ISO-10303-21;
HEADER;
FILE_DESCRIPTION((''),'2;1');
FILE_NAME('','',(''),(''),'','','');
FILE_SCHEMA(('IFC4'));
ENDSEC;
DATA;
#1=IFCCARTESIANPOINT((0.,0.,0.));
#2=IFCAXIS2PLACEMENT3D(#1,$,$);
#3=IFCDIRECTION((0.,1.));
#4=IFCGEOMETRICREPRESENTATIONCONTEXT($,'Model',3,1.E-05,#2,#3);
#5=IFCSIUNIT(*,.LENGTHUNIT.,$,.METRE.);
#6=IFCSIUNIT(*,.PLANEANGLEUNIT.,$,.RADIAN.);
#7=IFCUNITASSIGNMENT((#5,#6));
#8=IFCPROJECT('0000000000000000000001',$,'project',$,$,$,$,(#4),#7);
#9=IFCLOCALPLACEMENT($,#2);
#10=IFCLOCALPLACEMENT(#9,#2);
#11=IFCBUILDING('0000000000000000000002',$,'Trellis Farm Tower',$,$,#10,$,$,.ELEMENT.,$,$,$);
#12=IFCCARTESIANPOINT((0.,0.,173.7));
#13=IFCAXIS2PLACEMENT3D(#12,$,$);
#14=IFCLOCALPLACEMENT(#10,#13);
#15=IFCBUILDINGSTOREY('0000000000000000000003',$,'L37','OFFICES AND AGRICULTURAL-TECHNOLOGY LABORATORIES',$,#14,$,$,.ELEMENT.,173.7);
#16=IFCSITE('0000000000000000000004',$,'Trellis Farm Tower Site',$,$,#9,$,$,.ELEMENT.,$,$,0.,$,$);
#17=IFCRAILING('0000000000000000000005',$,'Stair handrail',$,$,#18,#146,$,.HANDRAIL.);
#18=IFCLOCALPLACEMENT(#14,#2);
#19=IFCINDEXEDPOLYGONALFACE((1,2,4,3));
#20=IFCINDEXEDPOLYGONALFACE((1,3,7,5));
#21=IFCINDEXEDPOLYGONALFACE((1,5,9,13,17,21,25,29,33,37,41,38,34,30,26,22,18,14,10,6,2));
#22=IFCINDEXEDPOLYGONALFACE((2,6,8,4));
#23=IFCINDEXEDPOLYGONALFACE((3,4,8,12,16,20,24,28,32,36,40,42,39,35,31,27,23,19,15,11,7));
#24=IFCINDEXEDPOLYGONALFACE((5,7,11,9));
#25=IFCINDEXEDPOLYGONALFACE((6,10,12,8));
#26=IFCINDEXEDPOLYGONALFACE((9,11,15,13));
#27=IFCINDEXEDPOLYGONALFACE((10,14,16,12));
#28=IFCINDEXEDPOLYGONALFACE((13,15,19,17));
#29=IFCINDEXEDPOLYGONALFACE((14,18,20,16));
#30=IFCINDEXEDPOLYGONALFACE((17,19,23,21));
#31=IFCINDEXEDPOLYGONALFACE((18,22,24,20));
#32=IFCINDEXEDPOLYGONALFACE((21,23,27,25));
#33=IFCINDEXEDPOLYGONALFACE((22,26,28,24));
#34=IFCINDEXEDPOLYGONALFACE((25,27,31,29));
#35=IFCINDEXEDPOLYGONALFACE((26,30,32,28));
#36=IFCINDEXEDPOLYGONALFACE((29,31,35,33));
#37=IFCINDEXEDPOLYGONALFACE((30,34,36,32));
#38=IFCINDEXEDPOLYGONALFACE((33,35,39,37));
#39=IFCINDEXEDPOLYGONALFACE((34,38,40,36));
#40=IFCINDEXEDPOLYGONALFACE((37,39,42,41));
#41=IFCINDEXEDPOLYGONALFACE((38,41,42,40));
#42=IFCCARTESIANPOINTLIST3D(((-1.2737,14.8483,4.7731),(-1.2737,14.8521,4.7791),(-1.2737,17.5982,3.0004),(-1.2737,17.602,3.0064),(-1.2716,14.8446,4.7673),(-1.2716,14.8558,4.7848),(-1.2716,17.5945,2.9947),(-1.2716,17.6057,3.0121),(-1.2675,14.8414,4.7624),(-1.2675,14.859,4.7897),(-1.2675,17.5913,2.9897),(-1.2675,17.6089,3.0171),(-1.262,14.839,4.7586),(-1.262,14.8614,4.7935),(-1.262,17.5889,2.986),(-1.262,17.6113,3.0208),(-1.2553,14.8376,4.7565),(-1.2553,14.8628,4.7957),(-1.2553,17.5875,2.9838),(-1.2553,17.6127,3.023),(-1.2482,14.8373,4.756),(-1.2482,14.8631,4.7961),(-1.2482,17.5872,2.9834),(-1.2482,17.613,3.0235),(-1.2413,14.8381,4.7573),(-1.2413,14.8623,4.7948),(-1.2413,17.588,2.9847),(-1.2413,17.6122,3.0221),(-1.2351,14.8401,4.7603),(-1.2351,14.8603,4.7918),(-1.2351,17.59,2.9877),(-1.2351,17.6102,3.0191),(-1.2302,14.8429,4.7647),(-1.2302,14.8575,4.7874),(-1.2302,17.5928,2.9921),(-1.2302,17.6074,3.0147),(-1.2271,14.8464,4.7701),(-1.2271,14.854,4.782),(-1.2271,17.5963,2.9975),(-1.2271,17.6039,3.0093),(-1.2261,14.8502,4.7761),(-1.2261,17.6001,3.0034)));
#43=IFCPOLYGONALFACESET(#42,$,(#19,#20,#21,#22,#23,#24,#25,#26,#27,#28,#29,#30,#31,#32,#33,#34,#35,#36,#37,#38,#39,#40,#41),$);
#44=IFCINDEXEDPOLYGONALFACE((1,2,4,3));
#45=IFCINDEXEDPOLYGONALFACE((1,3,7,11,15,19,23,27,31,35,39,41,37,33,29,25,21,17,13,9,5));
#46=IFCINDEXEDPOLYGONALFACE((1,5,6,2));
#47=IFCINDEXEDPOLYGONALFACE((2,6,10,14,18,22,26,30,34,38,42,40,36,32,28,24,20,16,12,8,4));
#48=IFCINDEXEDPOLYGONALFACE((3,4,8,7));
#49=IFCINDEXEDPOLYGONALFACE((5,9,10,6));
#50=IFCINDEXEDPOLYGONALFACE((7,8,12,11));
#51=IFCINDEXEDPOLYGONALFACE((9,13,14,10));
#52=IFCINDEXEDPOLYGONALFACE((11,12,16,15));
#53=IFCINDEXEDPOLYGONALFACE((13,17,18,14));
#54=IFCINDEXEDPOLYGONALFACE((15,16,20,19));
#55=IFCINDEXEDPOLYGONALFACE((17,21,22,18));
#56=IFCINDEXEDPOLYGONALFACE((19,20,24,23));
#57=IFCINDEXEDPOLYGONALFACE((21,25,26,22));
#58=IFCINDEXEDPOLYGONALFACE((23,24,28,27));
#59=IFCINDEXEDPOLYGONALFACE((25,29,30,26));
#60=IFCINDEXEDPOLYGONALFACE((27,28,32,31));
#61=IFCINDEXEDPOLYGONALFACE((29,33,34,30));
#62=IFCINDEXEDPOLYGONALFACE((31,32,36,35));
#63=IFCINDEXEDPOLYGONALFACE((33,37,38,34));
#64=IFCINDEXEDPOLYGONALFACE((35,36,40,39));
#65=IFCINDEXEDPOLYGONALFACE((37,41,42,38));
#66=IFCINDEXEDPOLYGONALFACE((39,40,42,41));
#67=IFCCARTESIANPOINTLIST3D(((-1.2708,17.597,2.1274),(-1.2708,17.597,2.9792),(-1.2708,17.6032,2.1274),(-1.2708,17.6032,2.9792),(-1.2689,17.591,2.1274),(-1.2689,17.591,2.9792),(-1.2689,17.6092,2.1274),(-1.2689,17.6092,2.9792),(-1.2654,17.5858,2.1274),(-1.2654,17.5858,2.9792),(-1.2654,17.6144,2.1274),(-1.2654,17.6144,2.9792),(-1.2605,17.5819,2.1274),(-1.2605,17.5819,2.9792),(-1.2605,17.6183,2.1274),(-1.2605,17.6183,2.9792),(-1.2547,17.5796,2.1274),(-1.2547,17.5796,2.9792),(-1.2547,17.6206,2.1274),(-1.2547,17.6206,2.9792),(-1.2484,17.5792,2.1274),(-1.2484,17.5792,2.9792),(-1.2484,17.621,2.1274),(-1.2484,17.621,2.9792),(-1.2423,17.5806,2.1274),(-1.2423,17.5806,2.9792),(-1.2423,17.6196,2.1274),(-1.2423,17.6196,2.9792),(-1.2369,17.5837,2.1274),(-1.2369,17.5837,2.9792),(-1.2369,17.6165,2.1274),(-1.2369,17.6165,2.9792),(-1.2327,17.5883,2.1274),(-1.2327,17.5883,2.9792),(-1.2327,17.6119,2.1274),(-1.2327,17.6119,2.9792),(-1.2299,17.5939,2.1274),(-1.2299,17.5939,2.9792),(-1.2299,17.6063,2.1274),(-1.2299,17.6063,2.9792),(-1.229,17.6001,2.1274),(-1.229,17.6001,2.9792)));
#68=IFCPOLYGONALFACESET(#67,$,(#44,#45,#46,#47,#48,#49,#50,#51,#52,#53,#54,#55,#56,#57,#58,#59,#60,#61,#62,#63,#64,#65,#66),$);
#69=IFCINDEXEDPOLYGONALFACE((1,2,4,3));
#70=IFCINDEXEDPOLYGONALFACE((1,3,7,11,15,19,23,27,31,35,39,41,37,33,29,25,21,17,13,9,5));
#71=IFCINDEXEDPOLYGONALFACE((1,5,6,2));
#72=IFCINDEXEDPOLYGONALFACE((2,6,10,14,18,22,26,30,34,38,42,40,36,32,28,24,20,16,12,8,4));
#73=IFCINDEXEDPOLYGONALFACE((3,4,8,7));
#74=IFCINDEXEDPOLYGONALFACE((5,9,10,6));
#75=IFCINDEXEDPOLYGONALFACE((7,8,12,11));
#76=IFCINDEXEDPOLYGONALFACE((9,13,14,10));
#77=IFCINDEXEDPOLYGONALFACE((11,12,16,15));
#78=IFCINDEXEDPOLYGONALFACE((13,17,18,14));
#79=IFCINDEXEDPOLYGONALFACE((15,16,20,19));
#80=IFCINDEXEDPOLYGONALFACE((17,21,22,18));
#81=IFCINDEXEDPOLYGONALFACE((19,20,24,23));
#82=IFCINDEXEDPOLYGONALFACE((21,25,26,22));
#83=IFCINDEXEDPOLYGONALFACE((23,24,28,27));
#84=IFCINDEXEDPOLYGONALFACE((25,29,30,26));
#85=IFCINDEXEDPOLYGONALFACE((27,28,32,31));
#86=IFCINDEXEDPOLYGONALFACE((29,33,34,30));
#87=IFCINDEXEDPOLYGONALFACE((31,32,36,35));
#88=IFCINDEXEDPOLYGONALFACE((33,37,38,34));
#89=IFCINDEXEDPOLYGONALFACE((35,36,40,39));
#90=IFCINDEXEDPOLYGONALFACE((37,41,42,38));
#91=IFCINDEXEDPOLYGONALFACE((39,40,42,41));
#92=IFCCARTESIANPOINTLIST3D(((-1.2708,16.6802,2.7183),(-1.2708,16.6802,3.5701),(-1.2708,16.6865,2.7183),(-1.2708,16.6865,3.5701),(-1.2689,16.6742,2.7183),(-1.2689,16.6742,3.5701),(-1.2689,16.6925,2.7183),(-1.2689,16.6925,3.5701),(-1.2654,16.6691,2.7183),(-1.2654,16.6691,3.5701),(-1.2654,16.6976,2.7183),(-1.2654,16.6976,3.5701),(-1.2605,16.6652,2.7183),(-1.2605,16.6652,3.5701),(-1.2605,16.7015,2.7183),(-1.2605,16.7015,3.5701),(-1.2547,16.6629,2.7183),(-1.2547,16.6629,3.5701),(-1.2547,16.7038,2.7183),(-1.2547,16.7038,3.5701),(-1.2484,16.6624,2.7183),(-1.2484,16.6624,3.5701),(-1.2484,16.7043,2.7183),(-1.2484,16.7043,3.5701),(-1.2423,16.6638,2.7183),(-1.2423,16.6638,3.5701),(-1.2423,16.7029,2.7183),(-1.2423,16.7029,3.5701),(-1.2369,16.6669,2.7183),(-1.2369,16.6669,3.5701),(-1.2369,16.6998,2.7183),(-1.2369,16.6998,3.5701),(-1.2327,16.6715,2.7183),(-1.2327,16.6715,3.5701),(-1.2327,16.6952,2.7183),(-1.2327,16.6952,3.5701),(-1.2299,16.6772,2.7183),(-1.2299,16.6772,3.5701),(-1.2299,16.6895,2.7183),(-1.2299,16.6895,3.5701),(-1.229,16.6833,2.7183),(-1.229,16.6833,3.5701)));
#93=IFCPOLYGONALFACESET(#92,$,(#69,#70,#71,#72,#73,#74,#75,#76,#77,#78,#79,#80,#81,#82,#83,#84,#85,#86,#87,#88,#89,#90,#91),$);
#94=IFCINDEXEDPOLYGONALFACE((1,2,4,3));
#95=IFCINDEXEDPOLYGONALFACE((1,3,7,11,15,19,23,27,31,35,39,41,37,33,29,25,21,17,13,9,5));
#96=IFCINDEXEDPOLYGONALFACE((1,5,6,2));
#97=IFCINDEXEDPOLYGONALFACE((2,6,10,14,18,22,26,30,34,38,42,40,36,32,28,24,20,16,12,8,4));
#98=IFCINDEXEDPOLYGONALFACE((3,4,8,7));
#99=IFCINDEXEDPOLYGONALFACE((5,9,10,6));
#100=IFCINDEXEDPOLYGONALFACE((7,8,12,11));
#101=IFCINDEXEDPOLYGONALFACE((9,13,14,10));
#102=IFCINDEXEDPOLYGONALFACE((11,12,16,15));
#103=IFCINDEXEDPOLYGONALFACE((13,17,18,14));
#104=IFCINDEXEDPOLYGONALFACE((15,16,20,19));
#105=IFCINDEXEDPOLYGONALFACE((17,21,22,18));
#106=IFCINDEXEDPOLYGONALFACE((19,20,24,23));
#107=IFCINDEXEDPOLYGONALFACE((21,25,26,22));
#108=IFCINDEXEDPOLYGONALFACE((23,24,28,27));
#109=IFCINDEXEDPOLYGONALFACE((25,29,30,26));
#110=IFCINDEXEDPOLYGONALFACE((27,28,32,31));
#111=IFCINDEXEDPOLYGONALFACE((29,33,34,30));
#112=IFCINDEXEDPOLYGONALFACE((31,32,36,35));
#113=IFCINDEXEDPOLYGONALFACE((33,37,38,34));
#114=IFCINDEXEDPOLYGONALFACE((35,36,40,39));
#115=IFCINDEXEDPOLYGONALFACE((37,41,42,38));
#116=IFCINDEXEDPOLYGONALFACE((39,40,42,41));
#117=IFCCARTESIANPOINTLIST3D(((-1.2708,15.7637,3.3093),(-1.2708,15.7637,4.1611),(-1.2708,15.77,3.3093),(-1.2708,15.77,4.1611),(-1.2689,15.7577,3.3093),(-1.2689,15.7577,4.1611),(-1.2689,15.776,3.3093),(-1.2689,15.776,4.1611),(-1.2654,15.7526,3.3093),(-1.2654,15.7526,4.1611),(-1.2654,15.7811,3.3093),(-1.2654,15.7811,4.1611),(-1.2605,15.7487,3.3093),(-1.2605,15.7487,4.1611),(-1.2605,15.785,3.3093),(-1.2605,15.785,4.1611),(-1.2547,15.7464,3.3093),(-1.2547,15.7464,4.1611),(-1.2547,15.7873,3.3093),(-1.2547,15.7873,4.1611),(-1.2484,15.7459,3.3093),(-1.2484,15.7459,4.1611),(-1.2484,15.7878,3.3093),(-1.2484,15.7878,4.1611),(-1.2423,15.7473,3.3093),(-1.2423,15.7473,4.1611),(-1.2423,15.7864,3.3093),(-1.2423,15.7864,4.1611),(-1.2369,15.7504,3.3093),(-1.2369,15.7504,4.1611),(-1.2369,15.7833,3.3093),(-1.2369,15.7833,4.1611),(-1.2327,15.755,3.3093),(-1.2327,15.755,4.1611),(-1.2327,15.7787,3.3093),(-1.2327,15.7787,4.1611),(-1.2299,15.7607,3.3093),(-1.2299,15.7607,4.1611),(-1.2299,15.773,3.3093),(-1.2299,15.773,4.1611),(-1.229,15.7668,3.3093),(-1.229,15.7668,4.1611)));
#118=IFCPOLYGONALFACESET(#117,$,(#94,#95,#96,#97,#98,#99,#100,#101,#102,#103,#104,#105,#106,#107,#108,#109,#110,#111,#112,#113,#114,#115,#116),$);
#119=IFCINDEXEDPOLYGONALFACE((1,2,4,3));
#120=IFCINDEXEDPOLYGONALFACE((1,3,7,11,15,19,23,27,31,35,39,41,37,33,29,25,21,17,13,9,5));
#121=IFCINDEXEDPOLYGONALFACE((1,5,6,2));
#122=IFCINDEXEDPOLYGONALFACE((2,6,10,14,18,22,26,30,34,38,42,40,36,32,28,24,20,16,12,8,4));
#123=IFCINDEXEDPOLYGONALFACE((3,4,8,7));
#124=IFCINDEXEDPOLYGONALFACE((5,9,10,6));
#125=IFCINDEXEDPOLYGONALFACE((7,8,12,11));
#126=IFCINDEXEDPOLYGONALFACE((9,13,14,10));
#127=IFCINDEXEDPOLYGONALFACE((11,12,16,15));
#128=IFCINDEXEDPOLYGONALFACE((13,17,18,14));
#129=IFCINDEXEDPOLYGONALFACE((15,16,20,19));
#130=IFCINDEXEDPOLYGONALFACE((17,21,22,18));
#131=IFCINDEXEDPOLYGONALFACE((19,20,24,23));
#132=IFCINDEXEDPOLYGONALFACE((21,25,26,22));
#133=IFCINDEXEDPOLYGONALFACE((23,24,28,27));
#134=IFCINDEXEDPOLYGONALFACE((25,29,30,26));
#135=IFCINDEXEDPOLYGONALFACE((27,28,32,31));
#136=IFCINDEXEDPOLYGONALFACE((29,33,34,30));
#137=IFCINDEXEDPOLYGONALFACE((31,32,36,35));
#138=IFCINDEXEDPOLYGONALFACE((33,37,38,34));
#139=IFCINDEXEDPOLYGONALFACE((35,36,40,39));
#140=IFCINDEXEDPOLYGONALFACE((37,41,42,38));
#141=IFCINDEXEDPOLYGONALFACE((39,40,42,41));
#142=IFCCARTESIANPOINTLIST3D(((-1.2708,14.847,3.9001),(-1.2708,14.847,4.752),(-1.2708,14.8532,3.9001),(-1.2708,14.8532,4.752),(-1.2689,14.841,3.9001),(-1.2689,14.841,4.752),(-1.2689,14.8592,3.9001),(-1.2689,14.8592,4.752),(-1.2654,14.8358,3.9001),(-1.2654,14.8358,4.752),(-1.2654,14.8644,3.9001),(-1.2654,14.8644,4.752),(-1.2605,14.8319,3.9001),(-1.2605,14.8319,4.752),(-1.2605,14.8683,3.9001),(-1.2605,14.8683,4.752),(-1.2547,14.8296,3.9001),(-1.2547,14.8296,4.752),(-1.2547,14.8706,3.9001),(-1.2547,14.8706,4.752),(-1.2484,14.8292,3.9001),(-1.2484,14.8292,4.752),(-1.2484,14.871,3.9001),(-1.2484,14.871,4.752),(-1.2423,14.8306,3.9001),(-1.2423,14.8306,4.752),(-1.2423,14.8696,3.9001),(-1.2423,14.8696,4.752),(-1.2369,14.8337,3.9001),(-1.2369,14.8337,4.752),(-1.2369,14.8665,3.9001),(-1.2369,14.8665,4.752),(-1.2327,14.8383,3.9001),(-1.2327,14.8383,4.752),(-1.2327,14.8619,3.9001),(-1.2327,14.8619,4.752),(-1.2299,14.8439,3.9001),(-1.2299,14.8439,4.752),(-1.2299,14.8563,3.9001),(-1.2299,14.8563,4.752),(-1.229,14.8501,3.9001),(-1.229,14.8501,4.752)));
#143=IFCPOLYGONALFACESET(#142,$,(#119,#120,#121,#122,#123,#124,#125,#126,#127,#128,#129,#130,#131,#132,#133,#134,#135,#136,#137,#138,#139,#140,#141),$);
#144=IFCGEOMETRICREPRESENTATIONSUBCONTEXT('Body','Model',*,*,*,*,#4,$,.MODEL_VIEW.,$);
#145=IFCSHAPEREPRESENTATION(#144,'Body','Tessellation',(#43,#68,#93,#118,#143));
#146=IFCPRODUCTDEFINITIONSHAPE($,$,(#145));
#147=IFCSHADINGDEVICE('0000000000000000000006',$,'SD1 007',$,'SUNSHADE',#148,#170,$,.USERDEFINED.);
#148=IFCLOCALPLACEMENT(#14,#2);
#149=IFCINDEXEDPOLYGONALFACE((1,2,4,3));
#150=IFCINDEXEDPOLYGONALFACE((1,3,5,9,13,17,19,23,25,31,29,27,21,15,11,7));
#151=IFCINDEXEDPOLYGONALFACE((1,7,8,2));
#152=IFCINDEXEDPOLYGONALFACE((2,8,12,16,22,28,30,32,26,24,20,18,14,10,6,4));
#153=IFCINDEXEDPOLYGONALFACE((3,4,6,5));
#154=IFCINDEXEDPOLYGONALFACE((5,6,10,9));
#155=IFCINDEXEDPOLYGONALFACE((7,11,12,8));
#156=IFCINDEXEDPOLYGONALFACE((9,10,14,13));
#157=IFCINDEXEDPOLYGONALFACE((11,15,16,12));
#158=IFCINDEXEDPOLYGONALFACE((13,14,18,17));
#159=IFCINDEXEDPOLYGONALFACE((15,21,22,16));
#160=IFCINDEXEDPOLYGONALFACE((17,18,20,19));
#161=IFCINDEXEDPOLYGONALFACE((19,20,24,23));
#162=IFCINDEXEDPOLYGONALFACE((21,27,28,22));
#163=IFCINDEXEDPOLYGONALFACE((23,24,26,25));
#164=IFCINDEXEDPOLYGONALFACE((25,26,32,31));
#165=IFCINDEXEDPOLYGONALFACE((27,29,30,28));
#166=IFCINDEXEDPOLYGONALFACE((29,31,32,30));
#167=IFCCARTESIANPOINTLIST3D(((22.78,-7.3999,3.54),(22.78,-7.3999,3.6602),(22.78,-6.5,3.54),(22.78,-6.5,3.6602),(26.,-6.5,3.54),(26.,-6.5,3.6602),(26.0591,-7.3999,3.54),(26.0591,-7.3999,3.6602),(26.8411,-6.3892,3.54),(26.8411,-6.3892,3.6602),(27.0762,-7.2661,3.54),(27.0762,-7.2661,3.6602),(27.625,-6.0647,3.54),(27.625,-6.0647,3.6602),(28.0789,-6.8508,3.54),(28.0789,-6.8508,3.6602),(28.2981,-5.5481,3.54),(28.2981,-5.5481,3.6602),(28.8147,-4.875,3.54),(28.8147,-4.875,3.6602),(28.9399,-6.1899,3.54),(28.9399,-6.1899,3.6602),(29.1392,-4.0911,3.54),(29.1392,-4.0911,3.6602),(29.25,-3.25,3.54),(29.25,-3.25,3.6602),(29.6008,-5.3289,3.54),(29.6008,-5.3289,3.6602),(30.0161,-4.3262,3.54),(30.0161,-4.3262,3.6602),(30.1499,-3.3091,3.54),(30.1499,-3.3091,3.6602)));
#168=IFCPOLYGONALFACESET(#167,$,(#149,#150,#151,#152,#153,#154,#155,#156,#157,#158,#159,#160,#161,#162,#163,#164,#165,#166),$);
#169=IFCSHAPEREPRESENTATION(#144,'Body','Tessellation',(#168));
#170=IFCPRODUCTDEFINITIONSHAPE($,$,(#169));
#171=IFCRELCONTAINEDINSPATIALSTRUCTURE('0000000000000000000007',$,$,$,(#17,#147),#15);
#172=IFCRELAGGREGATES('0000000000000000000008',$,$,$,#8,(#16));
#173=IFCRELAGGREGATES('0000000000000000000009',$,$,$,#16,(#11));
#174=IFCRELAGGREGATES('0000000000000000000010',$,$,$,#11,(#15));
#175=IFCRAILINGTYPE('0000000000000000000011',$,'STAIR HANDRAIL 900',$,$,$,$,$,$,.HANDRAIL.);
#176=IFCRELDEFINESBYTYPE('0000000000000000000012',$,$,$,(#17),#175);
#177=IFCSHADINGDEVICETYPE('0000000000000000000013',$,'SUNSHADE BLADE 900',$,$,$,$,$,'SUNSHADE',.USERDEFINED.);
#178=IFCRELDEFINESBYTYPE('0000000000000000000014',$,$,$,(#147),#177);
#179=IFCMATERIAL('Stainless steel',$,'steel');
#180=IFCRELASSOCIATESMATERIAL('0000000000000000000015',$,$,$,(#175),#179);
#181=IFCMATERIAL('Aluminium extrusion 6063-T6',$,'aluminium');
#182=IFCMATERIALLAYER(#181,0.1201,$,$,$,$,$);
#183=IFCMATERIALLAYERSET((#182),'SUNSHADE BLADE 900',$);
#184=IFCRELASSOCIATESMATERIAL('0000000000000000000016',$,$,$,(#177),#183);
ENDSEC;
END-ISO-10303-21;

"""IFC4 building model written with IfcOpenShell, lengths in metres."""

from ifc_helpers import new_model, si_unit, direction, frame, origin, origin_2d, place, context, subcontext, project, spatial, polyline, circle, outline, extrude, source, transform, mapped, material, layer, layer_set, type_object, element, save


model = new_model("IFC4")

# Units and contexts
model_context = context("Model", 3, precision=1e-05, world=origin(), true_north=direction((0.0, 1.0)))
body_context = subcontext(model_context, "Body", "Model", "MODEL_VIEW")
ifc_project = project(units=[si_unit("LENGTHUNIT", "METRE"), si_unit("PLANEANGLEUNIT", "RADIAN")], contexts=[model_context])

# Site, building, storey
site_placement = place(None, origin())
site = spatial("IfcSite", under=ifc_project, at=site_placement, Name="Trellis Farm Tower Site", CompositionType="ELEMENT", RefElevation=0.0)
building_placement = place(site_placement, origin())
building = spatial("IfcBuilding", under=site, at=building_placement, Name="Trellis Farm Tower", CompositionType="ELEMENT")
storey_placement = place(building_placement, frame((0.0, 0.0, 173.7)))
storey = spatial("IfcBuildingStorey", under=building, at=storey_placement, Name="L37", Description="OFFICES AND AGRICULTURAL-TECHNOLOGY LABORATORIES", CompositionType="ELEMENT", Elevation=173.7)

# Shared definitions
ifc_material_1 = material(Name="Aluminium extrusion 6063-T6", Category="aluminium")

# Railing
ifc_material_2 = material(Name="Stainless steel", Category="steel")
railing_type = type_object("IfcRailingType", Name="STAIR HANDRAIL 900", PredefinedType="HANDRAIL", material=ifc_material_2)
shared_shape_1 = source(origin(), body_context, "Body", "SweptSolid", [
    extrude(circle(Radius=0.0239, at=origin_2d()), frame((0.0, 0.0, 0.876), z_axis=(0.0, -0.840504, 0.541806), x_axis=(1.0, 0.0, 0.0)), (0.0, 0.0, 1.0), 3.2717),
    extrude(circle(Radius=0.021, at=origin_2d()), origin(), (0.0, 0.0, 1.0), 0.8518),
    extrude(circle(Radius=0.021, at=origin_2d()), frame((0.0, -0.9167, 0.5908)), (0.0, 0.0, 1.0), 0.8518),
    extrude(circle(Radius=0.021, at=origin_2d()), frame((0.0, -1.8333, 1.1819)), (0.0, 0.0, 1.0), 0.8518),
    extrude(circle(Radius=0.021, at=origin_2d()), frame((0.0, -2.75, 1.7727)), (0.0, 0.0, 1.0), 0.8518),
])
railing_placement = place(storey_placement, frame((-1.25, 17.6001, 2.1274)))
element("IfcRailing", 1, at=railing_placement, inside=storey, type_object=railing_type, Name="Stair handrail", PredefinedType="HANDRAIL", context=body_context, shape_type="MappedRepresentation", body=[
    mapped(shared_shape_1, transform((0.0, 0.0, 0.0))),
])

# Shading device
ifc_layer_1 = layer(ifc_material_1, 0.1201)
ifc_layer_set_1 = layer_set([ifc_layer_1], Name="SUNSHADE BLADE 900")
shading_device_type = type_object("IfcShadingDeviceType", Name="SUNSHADE BLADE 900", ElementType="SUNSHADE", PredefinedType="USERDEFINED", material=ifc_layer_set_1)
shared_shape_2 = source(origin(), body_context, "Body", "SweptSolid", [
    extrude(outline(polyline([(22.78, -7.3999), (26.0591, -7.3999), (27.0762, -7.2661), (28.0789, -6.8508), (28.9399, -6.1899), (29.6008, -5.3289), (30.0161, -4.3262), (30.1499, -3.3091), (29.25, -3.25), (29.1392, -4.0911), (28.8147, -4.875), (28.2981, -5.5481), (27.625, -6.0647), (26.8411, -6.3892), (26.0, -6.5), (22.78, -6.5), (22.78, -7.3999)])), origin(), (0.0, 0.0, 1.0), 0.1201),
])
shading_device_placement = place(storey_placement, frame((0.0, 0.0, 3.54)))
element("IfcShadingDevice", 2, at=shading_device_placement, inside=storey, type_object=shading_device_type, Name="SD1 007", ObjectType="SUNSHADE", PredefinedType="USERDEFINED", context=body_context, shape_type="MappedRepresentation", body=[
    mapped(shared_shape_2, transform((0.0, 0.0, 0.0))),
])

save(model, "model.ifc")
